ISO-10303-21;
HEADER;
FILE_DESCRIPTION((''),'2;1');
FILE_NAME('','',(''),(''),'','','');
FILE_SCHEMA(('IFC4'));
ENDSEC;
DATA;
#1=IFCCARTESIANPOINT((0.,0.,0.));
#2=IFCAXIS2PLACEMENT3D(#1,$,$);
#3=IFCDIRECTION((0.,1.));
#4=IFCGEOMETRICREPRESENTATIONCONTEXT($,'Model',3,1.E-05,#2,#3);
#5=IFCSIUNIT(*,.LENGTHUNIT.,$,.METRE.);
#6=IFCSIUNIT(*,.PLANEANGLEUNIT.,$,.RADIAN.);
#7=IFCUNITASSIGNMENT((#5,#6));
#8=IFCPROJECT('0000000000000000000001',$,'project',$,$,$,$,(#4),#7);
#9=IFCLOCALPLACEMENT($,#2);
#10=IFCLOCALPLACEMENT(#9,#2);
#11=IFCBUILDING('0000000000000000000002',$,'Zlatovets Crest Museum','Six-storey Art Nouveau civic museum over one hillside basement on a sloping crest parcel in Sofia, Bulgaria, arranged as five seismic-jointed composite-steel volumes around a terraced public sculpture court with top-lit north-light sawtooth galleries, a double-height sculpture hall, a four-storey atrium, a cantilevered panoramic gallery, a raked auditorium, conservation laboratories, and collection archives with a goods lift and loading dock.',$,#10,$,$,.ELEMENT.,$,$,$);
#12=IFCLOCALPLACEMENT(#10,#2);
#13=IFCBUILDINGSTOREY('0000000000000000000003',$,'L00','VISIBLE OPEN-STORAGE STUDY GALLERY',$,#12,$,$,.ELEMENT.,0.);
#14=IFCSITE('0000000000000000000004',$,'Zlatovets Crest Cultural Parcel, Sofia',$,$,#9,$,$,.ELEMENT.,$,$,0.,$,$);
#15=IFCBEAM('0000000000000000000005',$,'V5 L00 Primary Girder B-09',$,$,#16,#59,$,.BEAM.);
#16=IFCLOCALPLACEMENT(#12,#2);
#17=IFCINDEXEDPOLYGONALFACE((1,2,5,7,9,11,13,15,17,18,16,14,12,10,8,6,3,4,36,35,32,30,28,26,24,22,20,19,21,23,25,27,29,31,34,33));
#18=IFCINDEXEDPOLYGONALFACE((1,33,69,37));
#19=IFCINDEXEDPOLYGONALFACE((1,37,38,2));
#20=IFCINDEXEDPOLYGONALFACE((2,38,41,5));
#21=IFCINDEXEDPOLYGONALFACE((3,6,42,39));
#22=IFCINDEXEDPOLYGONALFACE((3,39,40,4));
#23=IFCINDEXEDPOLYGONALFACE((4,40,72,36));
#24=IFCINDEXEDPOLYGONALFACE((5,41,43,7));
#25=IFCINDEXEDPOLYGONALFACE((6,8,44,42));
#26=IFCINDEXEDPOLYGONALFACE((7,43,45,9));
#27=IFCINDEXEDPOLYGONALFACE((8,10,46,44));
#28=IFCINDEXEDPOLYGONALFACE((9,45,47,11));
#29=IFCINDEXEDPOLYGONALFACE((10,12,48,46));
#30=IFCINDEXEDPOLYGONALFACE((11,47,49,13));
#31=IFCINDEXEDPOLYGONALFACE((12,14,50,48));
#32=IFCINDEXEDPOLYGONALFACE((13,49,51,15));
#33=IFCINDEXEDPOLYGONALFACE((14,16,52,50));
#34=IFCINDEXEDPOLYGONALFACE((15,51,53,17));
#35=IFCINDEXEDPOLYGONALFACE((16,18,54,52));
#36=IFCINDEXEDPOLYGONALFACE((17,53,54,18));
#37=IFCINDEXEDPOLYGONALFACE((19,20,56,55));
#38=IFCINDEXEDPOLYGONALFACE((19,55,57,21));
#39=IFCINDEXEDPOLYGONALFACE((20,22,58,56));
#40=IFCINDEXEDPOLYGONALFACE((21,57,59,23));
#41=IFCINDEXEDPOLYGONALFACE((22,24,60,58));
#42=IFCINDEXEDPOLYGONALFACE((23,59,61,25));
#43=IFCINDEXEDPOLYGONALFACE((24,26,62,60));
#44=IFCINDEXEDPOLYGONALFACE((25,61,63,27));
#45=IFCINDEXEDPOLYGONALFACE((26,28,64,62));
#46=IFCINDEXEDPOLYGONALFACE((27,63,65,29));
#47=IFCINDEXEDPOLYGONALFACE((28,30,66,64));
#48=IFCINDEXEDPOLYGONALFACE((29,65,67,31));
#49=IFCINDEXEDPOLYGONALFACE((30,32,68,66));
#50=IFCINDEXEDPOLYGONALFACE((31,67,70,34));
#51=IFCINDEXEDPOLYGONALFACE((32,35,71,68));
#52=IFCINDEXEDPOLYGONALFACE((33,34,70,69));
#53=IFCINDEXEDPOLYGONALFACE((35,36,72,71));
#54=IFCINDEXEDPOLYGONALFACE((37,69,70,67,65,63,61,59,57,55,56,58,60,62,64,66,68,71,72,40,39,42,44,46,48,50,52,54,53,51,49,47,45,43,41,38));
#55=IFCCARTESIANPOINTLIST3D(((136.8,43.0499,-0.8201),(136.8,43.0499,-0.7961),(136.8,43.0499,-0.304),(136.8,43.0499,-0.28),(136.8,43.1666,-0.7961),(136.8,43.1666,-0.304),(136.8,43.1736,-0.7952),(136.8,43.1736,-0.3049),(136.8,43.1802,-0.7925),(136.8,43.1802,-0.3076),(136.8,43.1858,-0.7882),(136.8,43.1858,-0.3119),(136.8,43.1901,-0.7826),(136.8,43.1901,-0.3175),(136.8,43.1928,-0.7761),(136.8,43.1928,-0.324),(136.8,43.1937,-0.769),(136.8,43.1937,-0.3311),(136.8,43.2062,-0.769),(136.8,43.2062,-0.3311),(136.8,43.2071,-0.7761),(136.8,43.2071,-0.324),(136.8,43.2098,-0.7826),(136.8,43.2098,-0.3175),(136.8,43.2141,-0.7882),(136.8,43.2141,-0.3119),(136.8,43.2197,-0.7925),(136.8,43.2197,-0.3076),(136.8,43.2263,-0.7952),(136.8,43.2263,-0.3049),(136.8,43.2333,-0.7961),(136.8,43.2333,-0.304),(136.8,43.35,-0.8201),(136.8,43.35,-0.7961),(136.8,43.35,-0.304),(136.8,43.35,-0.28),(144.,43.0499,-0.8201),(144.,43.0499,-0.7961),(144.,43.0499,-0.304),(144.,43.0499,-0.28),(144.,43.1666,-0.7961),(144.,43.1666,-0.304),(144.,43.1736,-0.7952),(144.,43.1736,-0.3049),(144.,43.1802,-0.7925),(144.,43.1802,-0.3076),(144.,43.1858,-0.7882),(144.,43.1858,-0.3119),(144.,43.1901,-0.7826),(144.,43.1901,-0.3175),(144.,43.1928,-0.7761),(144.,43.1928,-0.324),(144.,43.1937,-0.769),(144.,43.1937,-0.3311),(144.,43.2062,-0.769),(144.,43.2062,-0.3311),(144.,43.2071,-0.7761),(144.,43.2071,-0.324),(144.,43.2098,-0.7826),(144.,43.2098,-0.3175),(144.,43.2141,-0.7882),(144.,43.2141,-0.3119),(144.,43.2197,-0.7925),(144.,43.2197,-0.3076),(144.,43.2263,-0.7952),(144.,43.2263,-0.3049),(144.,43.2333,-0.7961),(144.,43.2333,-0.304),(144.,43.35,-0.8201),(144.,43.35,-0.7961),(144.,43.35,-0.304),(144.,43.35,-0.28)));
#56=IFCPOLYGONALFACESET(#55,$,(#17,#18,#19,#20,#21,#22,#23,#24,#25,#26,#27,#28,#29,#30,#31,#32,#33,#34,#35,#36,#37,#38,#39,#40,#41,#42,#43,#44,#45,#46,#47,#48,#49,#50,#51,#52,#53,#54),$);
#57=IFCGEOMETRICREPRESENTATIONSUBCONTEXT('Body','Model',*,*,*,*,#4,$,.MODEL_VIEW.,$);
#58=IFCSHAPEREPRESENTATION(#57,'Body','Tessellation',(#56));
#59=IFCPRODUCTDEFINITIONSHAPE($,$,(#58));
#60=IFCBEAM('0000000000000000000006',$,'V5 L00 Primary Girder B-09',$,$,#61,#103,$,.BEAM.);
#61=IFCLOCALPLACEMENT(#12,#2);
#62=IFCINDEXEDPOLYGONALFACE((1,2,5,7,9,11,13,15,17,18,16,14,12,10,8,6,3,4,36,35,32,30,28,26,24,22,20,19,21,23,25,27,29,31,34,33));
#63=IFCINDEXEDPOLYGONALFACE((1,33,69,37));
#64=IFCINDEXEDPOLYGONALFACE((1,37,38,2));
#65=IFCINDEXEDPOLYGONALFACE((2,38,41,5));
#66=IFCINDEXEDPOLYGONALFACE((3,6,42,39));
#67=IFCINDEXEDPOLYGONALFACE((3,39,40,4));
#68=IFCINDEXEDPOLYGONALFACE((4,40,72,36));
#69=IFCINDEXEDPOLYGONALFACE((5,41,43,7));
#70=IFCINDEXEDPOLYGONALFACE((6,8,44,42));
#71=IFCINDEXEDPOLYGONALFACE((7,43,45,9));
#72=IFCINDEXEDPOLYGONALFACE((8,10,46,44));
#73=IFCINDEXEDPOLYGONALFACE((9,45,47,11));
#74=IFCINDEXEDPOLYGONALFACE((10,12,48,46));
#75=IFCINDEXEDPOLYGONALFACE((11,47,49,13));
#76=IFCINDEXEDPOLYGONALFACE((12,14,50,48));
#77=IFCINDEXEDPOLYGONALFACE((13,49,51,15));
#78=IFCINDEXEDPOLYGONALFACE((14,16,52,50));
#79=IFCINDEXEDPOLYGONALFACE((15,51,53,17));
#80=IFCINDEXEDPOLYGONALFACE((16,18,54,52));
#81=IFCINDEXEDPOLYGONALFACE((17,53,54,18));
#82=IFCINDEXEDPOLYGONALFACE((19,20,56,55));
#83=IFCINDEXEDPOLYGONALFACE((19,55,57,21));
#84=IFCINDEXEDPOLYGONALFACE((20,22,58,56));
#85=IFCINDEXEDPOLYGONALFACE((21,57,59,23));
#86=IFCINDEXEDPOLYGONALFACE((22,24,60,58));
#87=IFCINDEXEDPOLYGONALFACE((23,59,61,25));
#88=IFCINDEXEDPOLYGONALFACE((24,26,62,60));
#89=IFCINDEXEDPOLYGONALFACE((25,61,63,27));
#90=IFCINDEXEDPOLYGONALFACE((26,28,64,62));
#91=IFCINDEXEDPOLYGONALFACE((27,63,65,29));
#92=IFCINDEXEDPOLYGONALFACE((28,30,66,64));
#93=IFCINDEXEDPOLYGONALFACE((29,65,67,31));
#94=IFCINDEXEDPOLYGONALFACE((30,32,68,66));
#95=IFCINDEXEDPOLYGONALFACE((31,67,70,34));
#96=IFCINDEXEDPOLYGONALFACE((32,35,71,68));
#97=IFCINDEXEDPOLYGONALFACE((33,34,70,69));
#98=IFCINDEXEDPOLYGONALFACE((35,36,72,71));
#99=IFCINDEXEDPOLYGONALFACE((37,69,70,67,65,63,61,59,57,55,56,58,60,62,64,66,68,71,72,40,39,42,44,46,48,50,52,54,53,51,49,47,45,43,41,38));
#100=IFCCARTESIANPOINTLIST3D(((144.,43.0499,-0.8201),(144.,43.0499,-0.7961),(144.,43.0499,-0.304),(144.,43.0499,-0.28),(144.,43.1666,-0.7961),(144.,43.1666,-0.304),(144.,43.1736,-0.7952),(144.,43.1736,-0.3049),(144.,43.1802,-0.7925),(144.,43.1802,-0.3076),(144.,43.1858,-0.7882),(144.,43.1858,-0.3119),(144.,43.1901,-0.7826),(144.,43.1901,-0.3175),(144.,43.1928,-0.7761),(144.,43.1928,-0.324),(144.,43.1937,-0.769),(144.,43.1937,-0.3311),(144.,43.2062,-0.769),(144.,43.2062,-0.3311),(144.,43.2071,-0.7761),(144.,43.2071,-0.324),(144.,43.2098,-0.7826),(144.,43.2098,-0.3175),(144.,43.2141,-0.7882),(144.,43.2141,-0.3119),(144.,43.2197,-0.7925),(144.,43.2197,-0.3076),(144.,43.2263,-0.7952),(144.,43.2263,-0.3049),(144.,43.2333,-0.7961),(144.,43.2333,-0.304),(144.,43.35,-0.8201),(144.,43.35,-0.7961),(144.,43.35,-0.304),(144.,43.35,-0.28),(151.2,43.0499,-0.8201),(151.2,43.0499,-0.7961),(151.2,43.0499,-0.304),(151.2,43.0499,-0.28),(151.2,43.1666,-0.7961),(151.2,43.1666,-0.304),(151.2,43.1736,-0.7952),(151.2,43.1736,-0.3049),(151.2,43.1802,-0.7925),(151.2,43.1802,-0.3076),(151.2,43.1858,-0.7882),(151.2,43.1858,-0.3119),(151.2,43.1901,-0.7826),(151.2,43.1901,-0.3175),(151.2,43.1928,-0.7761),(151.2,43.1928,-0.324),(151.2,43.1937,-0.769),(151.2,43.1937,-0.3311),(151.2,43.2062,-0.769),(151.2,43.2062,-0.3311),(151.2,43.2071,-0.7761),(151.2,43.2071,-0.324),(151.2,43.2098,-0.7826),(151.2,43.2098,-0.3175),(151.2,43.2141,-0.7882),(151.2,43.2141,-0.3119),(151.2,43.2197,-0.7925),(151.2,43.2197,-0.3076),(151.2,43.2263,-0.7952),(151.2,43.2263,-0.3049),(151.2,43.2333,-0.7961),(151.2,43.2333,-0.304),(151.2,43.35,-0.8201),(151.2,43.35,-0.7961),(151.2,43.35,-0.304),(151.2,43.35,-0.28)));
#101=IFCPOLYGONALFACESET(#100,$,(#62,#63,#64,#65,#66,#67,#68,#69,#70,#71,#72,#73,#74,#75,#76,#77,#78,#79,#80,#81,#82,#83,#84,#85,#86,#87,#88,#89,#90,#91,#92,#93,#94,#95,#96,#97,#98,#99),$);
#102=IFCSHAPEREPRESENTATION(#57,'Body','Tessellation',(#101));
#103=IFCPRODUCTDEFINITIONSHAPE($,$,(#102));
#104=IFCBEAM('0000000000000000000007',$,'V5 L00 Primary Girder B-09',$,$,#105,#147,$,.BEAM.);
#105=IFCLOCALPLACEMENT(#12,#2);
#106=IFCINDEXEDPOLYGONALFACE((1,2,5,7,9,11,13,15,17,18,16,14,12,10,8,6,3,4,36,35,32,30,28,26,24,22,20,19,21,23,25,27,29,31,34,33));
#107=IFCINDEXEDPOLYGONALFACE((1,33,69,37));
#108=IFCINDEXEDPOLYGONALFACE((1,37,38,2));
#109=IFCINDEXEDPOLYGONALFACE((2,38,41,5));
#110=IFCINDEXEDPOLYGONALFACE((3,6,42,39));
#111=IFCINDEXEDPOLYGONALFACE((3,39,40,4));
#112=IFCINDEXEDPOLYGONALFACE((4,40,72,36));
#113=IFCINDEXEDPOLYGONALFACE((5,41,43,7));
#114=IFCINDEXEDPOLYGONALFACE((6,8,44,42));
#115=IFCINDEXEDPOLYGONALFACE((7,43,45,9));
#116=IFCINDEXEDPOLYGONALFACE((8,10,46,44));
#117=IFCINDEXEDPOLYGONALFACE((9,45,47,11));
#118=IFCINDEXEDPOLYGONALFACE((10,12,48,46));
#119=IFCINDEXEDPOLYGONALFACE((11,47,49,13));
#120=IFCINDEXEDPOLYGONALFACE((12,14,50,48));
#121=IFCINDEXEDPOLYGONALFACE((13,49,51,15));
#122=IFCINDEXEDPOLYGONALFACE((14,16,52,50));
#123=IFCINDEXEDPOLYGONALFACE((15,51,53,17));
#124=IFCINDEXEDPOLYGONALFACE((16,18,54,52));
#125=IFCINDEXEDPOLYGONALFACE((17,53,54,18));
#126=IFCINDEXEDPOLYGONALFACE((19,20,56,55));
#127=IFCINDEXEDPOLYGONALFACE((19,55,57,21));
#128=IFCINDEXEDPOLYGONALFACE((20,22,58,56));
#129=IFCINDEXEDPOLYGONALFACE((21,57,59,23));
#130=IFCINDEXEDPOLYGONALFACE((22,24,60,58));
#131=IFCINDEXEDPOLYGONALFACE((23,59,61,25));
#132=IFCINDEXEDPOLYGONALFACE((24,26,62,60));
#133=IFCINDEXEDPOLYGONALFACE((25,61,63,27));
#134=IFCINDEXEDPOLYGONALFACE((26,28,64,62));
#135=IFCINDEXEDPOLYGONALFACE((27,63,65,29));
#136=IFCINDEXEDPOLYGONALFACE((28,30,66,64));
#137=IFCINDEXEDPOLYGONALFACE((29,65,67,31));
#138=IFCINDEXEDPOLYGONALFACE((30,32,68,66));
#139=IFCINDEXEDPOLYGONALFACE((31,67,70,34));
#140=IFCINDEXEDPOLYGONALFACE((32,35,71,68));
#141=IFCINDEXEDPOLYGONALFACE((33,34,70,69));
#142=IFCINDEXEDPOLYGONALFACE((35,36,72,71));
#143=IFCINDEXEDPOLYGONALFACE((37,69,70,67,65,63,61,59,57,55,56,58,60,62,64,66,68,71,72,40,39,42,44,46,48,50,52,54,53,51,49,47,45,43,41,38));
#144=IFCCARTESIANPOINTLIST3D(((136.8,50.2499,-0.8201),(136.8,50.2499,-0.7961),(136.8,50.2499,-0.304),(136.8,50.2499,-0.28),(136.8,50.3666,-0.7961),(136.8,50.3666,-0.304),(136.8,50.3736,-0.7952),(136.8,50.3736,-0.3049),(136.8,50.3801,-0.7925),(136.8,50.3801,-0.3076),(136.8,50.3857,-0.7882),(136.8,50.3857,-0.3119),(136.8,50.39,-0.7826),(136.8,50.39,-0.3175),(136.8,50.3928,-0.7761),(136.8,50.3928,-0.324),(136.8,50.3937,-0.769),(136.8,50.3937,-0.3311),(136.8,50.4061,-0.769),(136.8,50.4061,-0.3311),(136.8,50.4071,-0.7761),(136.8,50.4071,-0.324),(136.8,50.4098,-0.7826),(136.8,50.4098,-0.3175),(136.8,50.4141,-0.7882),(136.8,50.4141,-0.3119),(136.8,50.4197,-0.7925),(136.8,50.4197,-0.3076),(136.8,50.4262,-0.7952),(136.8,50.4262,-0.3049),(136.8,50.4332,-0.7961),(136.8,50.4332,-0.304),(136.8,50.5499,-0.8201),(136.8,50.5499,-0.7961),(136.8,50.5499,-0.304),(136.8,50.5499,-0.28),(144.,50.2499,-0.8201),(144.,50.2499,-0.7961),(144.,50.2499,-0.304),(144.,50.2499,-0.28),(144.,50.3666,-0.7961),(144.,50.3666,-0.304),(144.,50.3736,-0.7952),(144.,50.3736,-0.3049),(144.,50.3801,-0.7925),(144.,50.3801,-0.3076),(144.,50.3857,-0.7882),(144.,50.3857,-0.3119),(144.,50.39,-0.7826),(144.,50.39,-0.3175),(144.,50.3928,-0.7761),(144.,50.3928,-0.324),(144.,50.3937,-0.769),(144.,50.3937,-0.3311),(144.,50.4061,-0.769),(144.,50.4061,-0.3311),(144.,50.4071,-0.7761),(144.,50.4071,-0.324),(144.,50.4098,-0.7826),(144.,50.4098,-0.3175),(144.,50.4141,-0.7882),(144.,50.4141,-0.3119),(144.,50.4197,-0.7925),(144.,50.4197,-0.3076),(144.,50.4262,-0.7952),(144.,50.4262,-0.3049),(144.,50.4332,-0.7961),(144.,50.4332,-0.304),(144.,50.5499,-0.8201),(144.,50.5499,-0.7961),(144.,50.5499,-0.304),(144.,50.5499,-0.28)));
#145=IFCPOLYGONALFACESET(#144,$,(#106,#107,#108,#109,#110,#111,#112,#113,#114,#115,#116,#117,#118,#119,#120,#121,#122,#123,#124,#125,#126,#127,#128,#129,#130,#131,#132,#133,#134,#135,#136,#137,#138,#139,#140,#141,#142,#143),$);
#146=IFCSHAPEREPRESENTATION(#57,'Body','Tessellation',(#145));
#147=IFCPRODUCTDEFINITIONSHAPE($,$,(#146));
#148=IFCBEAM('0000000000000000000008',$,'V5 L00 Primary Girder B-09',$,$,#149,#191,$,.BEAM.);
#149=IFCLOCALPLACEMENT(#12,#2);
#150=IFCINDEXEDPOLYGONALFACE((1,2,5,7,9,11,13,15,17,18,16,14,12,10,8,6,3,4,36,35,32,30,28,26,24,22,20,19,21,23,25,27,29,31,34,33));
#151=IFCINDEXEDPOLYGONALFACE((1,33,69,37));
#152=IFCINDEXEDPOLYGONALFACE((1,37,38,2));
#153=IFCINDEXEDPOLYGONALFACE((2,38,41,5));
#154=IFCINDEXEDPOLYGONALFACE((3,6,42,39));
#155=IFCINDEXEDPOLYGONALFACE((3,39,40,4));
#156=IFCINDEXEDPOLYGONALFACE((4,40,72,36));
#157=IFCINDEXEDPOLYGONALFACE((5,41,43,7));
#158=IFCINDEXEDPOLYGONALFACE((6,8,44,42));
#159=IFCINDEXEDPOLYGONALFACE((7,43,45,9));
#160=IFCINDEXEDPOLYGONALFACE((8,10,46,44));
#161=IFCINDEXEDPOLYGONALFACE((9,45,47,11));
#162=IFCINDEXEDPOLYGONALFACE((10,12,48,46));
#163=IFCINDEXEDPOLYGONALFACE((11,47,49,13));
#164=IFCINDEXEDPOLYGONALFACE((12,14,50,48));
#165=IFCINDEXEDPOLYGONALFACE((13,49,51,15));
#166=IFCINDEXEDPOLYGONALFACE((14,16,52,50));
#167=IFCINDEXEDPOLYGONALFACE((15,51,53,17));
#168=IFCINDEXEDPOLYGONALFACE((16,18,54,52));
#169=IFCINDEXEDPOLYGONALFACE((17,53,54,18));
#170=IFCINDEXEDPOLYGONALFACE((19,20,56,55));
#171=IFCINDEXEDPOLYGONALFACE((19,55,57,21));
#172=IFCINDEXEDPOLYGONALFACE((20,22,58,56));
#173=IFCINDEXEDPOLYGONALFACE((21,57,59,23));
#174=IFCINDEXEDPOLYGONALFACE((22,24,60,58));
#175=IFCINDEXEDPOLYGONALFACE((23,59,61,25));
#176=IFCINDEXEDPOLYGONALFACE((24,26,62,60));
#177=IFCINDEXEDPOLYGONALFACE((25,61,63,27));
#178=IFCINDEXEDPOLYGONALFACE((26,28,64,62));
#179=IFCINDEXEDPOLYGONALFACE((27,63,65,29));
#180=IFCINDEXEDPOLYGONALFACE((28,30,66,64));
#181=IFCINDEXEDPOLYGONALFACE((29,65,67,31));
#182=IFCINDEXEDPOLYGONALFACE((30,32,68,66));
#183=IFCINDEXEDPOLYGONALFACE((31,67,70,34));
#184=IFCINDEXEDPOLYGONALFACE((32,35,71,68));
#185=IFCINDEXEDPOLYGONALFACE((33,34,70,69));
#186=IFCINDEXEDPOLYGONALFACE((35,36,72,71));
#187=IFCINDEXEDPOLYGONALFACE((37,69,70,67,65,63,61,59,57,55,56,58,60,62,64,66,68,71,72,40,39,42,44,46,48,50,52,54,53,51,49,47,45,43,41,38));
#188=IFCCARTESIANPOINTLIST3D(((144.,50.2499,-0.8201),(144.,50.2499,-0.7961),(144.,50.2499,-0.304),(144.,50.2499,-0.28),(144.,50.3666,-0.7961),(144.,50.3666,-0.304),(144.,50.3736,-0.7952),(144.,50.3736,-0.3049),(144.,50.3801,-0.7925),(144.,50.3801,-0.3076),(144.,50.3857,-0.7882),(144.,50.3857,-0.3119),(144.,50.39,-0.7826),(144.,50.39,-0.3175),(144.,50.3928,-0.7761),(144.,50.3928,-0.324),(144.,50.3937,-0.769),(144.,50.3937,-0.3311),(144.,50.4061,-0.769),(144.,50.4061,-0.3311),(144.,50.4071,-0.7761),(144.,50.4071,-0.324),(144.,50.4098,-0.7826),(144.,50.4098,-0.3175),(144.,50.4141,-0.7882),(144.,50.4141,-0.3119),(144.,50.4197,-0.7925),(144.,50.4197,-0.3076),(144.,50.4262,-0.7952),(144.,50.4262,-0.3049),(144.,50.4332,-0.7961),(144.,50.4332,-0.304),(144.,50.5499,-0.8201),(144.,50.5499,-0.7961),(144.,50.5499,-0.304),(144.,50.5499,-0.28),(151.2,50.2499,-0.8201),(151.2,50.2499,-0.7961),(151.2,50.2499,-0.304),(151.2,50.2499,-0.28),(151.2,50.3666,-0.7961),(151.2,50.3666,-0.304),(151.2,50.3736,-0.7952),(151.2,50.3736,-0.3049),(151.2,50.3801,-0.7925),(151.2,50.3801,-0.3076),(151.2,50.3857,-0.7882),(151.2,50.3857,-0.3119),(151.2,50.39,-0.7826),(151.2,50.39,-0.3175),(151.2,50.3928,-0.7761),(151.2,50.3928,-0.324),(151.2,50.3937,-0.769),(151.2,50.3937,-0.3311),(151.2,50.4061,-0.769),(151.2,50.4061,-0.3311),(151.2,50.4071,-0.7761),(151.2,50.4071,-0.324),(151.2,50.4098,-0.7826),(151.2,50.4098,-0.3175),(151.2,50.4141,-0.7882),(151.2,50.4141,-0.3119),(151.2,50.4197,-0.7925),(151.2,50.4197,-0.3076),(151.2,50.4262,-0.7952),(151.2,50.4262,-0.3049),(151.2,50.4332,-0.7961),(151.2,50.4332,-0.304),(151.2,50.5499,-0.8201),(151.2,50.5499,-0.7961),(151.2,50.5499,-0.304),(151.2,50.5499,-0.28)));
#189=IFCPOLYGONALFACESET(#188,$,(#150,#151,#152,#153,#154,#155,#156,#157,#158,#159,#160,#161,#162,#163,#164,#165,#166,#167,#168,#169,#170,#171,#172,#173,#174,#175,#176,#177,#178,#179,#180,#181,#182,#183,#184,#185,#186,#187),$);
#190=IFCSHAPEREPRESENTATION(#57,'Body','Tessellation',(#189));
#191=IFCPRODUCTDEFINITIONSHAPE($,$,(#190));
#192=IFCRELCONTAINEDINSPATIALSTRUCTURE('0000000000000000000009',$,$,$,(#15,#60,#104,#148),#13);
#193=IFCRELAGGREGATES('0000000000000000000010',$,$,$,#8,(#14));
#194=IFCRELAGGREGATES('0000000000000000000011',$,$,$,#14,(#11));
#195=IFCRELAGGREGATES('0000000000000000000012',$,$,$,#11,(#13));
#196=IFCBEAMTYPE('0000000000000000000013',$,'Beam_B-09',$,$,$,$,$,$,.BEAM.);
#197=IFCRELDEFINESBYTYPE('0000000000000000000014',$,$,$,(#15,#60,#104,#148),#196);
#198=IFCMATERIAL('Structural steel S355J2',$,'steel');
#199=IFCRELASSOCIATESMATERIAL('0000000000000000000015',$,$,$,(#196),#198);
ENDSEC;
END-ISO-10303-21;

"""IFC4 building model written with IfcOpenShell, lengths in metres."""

from ifc_helpers import new_model, si_unit, direction, frame, origin, origin_2d, place, context, subcontext, project, spatial, i_section, extrude, material, material_profile, profile_set, type_object, element, save


model = new_model("IFC4")

# Units and contexts
model_context = context("Model", 3, precision=1e-05, world=origin(), true_north=direction((0.0, 1.0)))
body_context = subcontext(model_context, "Body", "Model", "MODEL_VIEW")
ifc_project = project(units=[si_unit("LENGTHUNIT", "METRE"), si_unit("PLANEANGLEUNIT", "RADIAN")], contexts=[model_context])

# Site, building, storey
site_placement = place(None, origin())
site = spatial("IfcSite", under=ifc_project, at=site_placement, Name="Zlatovets Crest Cultural Parcel, Sofia", CompositionType="ELEMENT", RefElevation=0.0)
building_placement = place(site_placement, origin())
building = spatial("IfcBuilding", under=site, at=building_placement, Name="Zlatovets Crest Museum", Description="Six-storey Art Nouveau civic museum over one hillside basement on a sloping crest parcel in Sofia, Bulgaria, arranged as five seismic-jointed composite-steel volumes around a terraced public sculpture court with top-lit north-light sawtooth galleries, a double-height sculpture hall, a four-storey atrium, a cantilevered panoramic gallery, a raked auditorium, conservation laboratories, and collection archives with a goods lift and loading dock.", CompositionType="ELEMENT")
storey_placement = place(building_placement, origin())
storey = spatial("IfcBuildingStorey", under=building, at=storey_placement, Name="L00", Description="VISIBLE OPEN-STORAGE STUDY GALLERY", CompositionType="ELEMENT", Elevation=0.0)

# Shared definitions
ifc_material_1 = material(Name="Structural steel S355J2", Category="steel")

# Beams
ifc_material_profile_1 = material_profile(ifc_material_1, i_section(OverallWidth=0.3, OverallDepth=0.54, WebThickness=0.0125, FlangeThickness=0.0239, FilletRadius=0.0271, at=origin_2d()), Name="HEA 550")
ifc_profile_set_1 = profile_set([ifc_material_profile_1], Name="Structural steel S355J2")
beam_type_1 = type_object("IfcBeamType", Name="Beam_B-09", PredefinedType="BEAM", material=ifc_profile_set_1)
for number, where, z_axis, x_axis, name in (
    (1, (136.8, 43.2, -0.55), (1.0, 0.0, 0.0), (0.0, 1.0, 0.0), "V5 L00 Primary Girder B-09"),
    (2, (144.0, 43.2, -0.55), (1.0, 0.0, 0.0), (0.0, 1.0, 0.0), "V5 L00 Primary Girder B-09"),
    (3, (136.8, 50.3999, -0.55), (1.0, 0.0, 0.0), (0.0, 1.0, 0.0), "V5 L00 Primary Girder B-09"),
    (4, (144.0, 50.3999, -0.55), (1.0, 0.0, 0.0), (0.0, 1.0, 0.0), "V5 L00 Primary Girder B-09"),
):
    element("IfcBeam", number, at=place(storey_placement, frame(where, z_axis=z_axis, x_axis=x_axis)), inside=storey, type_object=beam_type_1, Name=name, PredefinedType="BEAM", context=body_context, shape_type="SweptSolid", body=[
        extrude(i_section(OverallWidth=0.3, OverallDepth=0.54, WebThickness=0.0125, FlangeThickness=0.0239, FilletRadius=0.0271, at=origin_2d()), origin(), (0.0, 0.0, 1.0), 7.2),
    ])

save(model, "model.ifc")
